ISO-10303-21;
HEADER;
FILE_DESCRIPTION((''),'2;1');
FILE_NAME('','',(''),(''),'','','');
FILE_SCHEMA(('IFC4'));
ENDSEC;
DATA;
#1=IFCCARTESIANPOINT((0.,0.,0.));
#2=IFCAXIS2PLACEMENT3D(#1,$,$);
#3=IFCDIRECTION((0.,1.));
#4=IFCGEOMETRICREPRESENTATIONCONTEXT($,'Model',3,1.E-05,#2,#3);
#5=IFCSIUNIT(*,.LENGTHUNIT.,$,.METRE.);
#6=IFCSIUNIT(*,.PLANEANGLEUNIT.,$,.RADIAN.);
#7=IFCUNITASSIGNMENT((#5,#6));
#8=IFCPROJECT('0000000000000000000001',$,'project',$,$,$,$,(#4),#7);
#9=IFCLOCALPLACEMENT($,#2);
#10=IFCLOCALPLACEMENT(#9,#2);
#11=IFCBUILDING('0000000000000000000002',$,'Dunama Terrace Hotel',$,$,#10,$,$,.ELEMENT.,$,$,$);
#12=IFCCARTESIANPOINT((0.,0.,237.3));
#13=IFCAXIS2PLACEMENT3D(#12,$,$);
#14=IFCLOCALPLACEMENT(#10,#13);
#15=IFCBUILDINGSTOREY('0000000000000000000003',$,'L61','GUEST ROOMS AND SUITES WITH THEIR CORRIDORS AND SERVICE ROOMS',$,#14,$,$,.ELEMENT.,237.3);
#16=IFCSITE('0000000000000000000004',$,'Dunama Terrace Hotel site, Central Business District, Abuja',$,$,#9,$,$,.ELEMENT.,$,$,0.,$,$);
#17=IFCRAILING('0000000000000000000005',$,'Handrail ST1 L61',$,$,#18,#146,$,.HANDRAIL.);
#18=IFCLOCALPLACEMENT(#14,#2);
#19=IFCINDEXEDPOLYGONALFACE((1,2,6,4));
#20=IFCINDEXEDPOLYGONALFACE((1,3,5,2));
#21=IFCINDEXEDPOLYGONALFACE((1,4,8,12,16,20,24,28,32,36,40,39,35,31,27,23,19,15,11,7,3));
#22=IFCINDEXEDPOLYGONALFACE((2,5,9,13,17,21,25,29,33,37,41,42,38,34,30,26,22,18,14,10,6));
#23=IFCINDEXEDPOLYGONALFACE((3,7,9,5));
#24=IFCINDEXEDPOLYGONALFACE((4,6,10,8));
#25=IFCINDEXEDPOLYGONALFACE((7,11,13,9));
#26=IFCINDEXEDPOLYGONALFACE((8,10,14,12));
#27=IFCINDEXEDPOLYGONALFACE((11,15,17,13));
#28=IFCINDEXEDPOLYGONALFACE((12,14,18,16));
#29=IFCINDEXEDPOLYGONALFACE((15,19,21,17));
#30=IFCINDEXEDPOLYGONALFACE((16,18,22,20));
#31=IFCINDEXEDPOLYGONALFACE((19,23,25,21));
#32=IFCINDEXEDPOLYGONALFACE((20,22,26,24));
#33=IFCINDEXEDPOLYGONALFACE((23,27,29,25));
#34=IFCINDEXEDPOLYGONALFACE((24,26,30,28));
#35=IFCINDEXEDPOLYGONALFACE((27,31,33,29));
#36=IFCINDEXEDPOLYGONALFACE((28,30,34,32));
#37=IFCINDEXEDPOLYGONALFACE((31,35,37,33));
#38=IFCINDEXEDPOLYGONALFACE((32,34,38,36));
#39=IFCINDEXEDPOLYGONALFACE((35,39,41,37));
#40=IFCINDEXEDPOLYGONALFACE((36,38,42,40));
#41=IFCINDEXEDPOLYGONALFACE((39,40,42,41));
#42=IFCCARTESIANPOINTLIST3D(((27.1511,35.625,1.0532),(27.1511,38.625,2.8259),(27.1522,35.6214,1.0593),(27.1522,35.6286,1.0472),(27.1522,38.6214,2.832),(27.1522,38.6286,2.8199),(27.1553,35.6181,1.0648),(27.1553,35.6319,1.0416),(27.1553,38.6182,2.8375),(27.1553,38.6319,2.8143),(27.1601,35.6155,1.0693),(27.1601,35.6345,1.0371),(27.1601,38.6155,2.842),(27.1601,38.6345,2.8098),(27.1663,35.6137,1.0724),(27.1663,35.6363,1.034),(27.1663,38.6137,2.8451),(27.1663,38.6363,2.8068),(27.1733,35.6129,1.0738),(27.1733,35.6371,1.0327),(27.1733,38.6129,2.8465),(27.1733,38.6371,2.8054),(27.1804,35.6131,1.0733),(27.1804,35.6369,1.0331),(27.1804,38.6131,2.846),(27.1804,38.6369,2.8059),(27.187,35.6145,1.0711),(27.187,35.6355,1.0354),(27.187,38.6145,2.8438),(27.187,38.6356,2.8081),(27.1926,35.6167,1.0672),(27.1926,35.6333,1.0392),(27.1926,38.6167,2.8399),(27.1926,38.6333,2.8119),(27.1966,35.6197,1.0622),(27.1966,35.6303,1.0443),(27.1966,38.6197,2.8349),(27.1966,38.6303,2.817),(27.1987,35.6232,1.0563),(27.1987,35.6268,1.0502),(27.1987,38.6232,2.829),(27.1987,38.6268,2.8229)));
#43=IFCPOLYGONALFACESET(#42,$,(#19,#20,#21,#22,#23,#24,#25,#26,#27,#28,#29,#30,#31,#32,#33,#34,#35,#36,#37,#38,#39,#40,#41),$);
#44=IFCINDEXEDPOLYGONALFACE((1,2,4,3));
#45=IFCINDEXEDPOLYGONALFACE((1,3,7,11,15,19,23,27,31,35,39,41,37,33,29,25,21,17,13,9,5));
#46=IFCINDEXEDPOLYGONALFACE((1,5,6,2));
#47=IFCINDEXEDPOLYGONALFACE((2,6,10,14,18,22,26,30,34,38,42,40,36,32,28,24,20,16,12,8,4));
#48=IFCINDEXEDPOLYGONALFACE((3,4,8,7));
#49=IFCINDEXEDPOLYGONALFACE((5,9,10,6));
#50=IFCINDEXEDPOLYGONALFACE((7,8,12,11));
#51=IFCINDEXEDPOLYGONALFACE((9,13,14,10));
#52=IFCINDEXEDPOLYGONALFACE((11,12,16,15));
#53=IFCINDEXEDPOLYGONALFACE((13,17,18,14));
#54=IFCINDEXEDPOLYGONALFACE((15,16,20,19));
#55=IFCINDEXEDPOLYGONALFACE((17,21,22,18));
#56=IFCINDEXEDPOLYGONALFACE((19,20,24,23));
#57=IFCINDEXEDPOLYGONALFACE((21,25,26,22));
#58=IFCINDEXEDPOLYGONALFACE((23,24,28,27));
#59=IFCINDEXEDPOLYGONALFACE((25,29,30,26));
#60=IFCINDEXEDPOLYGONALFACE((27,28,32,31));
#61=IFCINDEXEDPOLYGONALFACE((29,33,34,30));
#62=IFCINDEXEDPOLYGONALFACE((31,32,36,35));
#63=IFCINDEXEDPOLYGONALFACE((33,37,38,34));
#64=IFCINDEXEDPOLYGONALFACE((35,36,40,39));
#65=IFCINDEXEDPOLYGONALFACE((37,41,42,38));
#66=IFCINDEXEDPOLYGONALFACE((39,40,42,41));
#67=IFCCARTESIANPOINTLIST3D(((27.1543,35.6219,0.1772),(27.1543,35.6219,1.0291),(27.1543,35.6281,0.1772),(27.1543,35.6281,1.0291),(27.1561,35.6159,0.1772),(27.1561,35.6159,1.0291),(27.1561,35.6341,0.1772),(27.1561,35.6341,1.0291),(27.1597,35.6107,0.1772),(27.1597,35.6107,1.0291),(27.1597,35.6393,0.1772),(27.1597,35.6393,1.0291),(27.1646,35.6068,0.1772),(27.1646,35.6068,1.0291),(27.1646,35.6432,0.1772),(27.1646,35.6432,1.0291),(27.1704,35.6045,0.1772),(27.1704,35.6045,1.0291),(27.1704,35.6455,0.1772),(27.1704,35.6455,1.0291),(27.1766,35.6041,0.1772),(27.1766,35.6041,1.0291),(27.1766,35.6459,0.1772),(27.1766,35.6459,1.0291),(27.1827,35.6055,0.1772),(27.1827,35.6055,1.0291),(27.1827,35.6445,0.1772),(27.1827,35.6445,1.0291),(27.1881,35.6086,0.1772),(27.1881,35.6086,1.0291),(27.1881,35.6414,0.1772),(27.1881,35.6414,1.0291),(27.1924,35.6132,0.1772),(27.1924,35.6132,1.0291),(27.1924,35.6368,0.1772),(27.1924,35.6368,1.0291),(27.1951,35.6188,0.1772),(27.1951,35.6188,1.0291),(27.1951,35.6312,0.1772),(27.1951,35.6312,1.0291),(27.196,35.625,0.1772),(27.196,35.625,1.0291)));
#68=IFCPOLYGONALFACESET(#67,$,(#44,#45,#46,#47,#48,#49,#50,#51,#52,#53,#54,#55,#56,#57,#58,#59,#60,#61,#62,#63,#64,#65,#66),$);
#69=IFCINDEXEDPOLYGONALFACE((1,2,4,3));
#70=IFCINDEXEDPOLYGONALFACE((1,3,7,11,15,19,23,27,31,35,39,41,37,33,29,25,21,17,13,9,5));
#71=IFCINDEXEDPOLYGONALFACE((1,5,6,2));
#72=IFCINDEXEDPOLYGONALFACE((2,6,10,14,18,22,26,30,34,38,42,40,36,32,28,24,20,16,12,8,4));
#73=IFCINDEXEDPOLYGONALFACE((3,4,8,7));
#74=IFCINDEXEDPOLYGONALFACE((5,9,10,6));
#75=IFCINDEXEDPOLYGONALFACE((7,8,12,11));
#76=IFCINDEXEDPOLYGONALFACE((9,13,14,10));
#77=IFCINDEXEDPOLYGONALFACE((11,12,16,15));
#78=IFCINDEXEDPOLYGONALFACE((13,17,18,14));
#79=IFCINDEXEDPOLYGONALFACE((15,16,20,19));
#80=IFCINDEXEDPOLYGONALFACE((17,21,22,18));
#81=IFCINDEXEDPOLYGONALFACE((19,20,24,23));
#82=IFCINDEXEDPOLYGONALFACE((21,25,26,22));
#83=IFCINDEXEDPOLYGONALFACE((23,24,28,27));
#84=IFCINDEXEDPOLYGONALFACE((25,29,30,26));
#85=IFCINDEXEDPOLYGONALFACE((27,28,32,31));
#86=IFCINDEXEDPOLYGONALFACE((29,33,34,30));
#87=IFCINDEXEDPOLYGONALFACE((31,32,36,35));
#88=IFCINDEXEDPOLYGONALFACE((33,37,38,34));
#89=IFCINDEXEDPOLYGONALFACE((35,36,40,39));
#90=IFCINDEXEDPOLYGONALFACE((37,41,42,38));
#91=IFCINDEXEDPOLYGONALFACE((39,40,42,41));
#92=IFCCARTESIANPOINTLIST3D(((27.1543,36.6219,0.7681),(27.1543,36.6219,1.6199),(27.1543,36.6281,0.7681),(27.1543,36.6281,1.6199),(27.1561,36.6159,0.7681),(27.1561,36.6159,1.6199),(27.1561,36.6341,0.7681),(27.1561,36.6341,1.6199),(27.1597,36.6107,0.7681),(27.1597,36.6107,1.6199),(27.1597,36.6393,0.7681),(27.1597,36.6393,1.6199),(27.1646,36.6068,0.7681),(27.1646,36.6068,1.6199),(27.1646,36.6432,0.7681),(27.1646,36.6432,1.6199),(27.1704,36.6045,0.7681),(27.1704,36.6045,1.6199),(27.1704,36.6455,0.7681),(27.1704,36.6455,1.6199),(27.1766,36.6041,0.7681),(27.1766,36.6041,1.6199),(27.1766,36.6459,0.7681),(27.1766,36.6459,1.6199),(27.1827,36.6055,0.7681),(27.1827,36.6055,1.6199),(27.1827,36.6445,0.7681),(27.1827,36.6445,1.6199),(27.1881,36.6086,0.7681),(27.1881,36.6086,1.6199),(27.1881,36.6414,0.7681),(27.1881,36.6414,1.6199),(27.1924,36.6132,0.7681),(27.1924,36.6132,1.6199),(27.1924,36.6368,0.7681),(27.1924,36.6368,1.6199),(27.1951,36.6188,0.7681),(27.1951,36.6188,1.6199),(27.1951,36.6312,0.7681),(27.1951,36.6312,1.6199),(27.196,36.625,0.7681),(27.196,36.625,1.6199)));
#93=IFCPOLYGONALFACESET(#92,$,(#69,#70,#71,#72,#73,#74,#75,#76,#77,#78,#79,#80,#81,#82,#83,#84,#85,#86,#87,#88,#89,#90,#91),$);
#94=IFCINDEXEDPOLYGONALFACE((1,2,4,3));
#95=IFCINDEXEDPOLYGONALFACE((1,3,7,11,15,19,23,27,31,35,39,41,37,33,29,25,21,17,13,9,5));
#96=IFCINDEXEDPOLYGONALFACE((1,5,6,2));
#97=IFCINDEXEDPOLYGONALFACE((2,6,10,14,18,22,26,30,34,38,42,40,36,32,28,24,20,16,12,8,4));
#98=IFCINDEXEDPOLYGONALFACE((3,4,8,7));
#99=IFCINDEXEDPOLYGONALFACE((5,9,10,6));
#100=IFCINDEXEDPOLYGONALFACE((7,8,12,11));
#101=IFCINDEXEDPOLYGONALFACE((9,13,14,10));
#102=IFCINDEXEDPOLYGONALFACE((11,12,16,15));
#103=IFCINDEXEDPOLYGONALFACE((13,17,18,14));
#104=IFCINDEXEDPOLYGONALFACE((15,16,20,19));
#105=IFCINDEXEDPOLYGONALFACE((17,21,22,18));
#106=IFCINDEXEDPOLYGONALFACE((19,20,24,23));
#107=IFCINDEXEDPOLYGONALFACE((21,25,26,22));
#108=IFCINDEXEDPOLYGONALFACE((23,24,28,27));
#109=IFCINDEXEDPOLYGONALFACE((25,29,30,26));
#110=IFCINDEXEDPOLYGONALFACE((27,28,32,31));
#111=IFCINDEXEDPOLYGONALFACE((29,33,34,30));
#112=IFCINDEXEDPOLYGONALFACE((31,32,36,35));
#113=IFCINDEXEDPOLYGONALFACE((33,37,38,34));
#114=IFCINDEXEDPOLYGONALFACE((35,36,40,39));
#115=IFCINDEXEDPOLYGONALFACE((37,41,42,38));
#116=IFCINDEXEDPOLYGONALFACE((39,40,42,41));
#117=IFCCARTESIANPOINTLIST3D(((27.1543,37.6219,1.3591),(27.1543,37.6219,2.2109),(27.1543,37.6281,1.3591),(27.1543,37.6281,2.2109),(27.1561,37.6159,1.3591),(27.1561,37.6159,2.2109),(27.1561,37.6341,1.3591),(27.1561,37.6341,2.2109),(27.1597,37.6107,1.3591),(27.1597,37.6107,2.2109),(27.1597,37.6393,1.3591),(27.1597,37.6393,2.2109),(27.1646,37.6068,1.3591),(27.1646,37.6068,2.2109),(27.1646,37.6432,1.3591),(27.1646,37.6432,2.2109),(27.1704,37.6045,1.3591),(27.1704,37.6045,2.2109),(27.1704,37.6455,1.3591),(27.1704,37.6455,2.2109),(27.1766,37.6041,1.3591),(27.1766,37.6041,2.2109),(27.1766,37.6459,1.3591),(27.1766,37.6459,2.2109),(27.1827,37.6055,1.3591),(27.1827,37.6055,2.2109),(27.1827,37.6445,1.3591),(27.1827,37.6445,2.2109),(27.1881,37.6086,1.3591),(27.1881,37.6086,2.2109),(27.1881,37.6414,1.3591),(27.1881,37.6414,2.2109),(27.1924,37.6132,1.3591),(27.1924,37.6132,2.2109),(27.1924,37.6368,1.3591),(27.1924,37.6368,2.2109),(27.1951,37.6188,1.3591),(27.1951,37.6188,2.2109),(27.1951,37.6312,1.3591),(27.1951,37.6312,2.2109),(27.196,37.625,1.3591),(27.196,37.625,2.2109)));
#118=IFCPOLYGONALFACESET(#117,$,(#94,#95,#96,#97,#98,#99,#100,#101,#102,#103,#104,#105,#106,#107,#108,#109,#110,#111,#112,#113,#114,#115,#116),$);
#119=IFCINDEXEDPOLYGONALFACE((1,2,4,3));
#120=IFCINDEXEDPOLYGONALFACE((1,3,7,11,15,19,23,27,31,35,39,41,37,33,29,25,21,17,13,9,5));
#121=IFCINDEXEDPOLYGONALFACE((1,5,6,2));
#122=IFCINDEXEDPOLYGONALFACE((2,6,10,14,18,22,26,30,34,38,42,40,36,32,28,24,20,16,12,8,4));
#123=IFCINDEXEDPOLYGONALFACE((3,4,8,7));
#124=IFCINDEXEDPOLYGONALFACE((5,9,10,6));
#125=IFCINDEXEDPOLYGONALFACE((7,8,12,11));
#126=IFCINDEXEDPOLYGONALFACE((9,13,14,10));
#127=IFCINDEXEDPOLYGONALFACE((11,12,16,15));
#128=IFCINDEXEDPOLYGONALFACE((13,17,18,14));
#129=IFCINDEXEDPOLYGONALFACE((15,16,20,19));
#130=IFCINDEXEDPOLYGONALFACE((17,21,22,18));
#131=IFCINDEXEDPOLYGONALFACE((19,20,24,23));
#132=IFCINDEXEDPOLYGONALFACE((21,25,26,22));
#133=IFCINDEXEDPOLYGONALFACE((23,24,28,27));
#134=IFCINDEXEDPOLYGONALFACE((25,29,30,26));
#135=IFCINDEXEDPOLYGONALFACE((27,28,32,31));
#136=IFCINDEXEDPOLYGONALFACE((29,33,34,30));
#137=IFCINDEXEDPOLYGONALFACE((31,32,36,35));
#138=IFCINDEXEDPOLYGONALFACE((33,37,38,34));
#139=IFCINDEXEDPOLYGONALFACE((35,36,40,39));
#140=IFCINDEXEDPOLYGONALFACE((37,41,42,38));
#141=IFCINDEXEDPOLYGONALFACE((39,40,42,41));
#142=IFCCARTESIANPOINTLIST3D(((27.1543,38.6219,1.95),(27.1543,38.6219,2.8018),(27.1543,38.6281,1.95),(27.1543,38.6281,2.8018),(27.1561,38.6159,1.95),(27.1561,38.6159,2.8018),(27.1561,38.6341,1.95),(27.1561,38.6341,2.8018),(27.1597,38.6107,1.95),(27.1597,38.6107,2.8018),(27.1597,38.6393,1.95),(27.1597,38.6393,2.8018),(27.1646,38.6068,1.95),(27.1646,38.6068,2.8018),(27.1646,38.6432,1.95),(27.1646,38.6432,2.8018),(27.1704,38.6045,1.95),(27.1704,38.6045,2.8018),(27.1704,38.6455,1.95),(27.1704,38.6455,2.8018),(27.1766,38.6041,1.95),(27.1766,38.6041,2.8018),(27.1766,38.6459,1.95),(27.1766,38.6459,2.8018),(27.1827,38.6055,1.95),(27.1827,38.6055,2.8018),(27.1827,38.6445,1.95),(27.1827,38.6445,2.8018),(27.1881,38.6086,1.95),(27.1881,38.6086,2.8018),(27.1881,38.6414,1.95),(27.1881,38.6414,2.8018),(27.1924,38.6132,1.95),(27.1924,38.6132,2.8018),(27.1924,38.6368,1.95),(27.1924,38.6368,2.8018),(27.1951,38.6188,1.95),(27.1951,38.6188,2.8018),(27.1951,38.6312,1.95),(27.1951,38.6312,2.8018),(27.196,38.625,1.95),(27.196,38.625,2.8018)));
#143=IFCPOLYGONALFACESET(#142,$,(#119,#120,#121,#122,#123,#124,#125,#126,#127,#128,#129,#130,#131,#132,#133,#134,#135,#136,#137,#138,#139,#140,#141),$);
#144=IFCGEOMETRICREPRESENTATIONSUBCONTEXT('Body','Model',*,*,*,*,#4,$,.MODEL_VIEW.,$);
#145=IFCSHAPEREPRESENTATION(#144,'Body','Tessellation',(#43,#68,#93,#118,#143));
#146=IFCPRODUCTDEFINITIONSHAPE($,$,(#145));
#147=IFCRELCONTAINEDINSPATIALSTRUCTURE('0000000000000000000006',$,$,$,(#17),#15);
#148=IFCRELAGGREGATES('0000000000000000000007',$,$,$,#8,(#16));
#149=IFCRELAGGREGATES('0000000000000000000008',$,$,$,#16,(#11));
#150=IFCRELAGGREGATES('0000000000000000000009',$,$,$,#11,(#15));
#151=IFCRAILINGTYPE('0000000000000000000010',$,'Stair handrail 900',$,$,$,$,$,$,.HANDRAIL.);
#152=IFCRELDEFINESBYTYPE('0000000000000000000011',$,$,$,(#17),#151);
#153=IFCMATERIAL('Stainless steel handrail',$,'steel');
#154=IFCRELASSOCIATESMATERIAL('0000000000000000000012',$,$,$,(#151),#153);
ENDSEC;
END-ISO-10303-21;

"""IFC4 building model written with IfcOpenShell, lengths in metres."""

from ifc_helpers import new_model, si_unit, direction, frame, origin, origin_2d, place, context, subcontext, project, spatial, circle, extrude, material, type_object, element, save


model = new_model("IFC4")

# Units and contexts
model_context = context("Model", 3, precision=1e-05, world=origin(), true_north=direction((0.0, 1.0)))
body_context = subcontext(model_context, "Body", "Model", "MODEL_VIEW")
ifc_project = project(units=[si_unit("LENGTHUNIT", "METRE"), si_unit("PLANEANGLEUNIT", "RADIAN")], contexts=[model_context])

# Site, building, storey
site_placement = place(None, origin())
site = spatial("IfcSite", under=ifc_project, at=site_placement, Name="Dunama Terrace Hotel site, Central Business District, Abuja", CompositionType="ELEMENT", RefElevation=0.0)
building_placement = place(site_placement, origin())
building = spatial("IfcBuilding", under=site, at=building_placement, Name="Dunama Terrace Hotel", CompositionType="ELEMENT")
storey_placement = place(building_placement, frame((0.0, 0.0, 237.3)))
storey = spatial("IfcBuildingStorey", under=building, at=storey_placement, Name="L61", Description="GUEST ROOMS AND SUITES WITH THEIR CORRIDORS AND SERVICE ROOMS", CompositionType="ELEMENT", Elevation=237.3)

# Railing
ifc_material_1 = material(Name="Stainless steel handrail", Category="steel")
railing_type = type_object("IfcRailingType", Name="Stair handrail 900", PredefinedType="HANDRAIL", material=ifc_material_1)
railing_1_placement = place(storey_placement, frame((27.175, 35.625, 0.1772)))
element("IfcRailing", 1, at=railing_1_placement, inside=storey, type_object=railing_type, Name="Handrail ST1 L61", PredefinedType="HANDRAIL", context=body_context, shape_type="SweptSolid", body=[
    extrude(circle(Radius=0.0239, at=origin_2d()), frame((0.0, 0.0, 0.876), z_axis=(0.0, 0.860929, 0.508725), x_axis=(-1.0, 0.0, 0.0)), (0.0, 0.0, 1.0), 3.4846),
    extrude(circle(Radius=0.021, at=origin_2d()), origin(), (0.0, 0.0, 1.0), 0.8518),
    extrude(circle(Radius=0.021, at=origin_2d()), frame((0.0, 1.0, 0.5908)), (0.0, 0.0, 1.0), 0.8518),
    extrude(circle(Radius=0.021, at=origin_2d()), frame((0.0, 2.0, 1.1819)), (0.0, 0.0, 1.0), 0.8518),
    extrude(circle(Radius=0.021, at=origin_2d()), frame((0.0, 3.0, 1.7727)), (0.0, 0.0, 1.0), 0.8518),
])

save(model, "model.ifc")
